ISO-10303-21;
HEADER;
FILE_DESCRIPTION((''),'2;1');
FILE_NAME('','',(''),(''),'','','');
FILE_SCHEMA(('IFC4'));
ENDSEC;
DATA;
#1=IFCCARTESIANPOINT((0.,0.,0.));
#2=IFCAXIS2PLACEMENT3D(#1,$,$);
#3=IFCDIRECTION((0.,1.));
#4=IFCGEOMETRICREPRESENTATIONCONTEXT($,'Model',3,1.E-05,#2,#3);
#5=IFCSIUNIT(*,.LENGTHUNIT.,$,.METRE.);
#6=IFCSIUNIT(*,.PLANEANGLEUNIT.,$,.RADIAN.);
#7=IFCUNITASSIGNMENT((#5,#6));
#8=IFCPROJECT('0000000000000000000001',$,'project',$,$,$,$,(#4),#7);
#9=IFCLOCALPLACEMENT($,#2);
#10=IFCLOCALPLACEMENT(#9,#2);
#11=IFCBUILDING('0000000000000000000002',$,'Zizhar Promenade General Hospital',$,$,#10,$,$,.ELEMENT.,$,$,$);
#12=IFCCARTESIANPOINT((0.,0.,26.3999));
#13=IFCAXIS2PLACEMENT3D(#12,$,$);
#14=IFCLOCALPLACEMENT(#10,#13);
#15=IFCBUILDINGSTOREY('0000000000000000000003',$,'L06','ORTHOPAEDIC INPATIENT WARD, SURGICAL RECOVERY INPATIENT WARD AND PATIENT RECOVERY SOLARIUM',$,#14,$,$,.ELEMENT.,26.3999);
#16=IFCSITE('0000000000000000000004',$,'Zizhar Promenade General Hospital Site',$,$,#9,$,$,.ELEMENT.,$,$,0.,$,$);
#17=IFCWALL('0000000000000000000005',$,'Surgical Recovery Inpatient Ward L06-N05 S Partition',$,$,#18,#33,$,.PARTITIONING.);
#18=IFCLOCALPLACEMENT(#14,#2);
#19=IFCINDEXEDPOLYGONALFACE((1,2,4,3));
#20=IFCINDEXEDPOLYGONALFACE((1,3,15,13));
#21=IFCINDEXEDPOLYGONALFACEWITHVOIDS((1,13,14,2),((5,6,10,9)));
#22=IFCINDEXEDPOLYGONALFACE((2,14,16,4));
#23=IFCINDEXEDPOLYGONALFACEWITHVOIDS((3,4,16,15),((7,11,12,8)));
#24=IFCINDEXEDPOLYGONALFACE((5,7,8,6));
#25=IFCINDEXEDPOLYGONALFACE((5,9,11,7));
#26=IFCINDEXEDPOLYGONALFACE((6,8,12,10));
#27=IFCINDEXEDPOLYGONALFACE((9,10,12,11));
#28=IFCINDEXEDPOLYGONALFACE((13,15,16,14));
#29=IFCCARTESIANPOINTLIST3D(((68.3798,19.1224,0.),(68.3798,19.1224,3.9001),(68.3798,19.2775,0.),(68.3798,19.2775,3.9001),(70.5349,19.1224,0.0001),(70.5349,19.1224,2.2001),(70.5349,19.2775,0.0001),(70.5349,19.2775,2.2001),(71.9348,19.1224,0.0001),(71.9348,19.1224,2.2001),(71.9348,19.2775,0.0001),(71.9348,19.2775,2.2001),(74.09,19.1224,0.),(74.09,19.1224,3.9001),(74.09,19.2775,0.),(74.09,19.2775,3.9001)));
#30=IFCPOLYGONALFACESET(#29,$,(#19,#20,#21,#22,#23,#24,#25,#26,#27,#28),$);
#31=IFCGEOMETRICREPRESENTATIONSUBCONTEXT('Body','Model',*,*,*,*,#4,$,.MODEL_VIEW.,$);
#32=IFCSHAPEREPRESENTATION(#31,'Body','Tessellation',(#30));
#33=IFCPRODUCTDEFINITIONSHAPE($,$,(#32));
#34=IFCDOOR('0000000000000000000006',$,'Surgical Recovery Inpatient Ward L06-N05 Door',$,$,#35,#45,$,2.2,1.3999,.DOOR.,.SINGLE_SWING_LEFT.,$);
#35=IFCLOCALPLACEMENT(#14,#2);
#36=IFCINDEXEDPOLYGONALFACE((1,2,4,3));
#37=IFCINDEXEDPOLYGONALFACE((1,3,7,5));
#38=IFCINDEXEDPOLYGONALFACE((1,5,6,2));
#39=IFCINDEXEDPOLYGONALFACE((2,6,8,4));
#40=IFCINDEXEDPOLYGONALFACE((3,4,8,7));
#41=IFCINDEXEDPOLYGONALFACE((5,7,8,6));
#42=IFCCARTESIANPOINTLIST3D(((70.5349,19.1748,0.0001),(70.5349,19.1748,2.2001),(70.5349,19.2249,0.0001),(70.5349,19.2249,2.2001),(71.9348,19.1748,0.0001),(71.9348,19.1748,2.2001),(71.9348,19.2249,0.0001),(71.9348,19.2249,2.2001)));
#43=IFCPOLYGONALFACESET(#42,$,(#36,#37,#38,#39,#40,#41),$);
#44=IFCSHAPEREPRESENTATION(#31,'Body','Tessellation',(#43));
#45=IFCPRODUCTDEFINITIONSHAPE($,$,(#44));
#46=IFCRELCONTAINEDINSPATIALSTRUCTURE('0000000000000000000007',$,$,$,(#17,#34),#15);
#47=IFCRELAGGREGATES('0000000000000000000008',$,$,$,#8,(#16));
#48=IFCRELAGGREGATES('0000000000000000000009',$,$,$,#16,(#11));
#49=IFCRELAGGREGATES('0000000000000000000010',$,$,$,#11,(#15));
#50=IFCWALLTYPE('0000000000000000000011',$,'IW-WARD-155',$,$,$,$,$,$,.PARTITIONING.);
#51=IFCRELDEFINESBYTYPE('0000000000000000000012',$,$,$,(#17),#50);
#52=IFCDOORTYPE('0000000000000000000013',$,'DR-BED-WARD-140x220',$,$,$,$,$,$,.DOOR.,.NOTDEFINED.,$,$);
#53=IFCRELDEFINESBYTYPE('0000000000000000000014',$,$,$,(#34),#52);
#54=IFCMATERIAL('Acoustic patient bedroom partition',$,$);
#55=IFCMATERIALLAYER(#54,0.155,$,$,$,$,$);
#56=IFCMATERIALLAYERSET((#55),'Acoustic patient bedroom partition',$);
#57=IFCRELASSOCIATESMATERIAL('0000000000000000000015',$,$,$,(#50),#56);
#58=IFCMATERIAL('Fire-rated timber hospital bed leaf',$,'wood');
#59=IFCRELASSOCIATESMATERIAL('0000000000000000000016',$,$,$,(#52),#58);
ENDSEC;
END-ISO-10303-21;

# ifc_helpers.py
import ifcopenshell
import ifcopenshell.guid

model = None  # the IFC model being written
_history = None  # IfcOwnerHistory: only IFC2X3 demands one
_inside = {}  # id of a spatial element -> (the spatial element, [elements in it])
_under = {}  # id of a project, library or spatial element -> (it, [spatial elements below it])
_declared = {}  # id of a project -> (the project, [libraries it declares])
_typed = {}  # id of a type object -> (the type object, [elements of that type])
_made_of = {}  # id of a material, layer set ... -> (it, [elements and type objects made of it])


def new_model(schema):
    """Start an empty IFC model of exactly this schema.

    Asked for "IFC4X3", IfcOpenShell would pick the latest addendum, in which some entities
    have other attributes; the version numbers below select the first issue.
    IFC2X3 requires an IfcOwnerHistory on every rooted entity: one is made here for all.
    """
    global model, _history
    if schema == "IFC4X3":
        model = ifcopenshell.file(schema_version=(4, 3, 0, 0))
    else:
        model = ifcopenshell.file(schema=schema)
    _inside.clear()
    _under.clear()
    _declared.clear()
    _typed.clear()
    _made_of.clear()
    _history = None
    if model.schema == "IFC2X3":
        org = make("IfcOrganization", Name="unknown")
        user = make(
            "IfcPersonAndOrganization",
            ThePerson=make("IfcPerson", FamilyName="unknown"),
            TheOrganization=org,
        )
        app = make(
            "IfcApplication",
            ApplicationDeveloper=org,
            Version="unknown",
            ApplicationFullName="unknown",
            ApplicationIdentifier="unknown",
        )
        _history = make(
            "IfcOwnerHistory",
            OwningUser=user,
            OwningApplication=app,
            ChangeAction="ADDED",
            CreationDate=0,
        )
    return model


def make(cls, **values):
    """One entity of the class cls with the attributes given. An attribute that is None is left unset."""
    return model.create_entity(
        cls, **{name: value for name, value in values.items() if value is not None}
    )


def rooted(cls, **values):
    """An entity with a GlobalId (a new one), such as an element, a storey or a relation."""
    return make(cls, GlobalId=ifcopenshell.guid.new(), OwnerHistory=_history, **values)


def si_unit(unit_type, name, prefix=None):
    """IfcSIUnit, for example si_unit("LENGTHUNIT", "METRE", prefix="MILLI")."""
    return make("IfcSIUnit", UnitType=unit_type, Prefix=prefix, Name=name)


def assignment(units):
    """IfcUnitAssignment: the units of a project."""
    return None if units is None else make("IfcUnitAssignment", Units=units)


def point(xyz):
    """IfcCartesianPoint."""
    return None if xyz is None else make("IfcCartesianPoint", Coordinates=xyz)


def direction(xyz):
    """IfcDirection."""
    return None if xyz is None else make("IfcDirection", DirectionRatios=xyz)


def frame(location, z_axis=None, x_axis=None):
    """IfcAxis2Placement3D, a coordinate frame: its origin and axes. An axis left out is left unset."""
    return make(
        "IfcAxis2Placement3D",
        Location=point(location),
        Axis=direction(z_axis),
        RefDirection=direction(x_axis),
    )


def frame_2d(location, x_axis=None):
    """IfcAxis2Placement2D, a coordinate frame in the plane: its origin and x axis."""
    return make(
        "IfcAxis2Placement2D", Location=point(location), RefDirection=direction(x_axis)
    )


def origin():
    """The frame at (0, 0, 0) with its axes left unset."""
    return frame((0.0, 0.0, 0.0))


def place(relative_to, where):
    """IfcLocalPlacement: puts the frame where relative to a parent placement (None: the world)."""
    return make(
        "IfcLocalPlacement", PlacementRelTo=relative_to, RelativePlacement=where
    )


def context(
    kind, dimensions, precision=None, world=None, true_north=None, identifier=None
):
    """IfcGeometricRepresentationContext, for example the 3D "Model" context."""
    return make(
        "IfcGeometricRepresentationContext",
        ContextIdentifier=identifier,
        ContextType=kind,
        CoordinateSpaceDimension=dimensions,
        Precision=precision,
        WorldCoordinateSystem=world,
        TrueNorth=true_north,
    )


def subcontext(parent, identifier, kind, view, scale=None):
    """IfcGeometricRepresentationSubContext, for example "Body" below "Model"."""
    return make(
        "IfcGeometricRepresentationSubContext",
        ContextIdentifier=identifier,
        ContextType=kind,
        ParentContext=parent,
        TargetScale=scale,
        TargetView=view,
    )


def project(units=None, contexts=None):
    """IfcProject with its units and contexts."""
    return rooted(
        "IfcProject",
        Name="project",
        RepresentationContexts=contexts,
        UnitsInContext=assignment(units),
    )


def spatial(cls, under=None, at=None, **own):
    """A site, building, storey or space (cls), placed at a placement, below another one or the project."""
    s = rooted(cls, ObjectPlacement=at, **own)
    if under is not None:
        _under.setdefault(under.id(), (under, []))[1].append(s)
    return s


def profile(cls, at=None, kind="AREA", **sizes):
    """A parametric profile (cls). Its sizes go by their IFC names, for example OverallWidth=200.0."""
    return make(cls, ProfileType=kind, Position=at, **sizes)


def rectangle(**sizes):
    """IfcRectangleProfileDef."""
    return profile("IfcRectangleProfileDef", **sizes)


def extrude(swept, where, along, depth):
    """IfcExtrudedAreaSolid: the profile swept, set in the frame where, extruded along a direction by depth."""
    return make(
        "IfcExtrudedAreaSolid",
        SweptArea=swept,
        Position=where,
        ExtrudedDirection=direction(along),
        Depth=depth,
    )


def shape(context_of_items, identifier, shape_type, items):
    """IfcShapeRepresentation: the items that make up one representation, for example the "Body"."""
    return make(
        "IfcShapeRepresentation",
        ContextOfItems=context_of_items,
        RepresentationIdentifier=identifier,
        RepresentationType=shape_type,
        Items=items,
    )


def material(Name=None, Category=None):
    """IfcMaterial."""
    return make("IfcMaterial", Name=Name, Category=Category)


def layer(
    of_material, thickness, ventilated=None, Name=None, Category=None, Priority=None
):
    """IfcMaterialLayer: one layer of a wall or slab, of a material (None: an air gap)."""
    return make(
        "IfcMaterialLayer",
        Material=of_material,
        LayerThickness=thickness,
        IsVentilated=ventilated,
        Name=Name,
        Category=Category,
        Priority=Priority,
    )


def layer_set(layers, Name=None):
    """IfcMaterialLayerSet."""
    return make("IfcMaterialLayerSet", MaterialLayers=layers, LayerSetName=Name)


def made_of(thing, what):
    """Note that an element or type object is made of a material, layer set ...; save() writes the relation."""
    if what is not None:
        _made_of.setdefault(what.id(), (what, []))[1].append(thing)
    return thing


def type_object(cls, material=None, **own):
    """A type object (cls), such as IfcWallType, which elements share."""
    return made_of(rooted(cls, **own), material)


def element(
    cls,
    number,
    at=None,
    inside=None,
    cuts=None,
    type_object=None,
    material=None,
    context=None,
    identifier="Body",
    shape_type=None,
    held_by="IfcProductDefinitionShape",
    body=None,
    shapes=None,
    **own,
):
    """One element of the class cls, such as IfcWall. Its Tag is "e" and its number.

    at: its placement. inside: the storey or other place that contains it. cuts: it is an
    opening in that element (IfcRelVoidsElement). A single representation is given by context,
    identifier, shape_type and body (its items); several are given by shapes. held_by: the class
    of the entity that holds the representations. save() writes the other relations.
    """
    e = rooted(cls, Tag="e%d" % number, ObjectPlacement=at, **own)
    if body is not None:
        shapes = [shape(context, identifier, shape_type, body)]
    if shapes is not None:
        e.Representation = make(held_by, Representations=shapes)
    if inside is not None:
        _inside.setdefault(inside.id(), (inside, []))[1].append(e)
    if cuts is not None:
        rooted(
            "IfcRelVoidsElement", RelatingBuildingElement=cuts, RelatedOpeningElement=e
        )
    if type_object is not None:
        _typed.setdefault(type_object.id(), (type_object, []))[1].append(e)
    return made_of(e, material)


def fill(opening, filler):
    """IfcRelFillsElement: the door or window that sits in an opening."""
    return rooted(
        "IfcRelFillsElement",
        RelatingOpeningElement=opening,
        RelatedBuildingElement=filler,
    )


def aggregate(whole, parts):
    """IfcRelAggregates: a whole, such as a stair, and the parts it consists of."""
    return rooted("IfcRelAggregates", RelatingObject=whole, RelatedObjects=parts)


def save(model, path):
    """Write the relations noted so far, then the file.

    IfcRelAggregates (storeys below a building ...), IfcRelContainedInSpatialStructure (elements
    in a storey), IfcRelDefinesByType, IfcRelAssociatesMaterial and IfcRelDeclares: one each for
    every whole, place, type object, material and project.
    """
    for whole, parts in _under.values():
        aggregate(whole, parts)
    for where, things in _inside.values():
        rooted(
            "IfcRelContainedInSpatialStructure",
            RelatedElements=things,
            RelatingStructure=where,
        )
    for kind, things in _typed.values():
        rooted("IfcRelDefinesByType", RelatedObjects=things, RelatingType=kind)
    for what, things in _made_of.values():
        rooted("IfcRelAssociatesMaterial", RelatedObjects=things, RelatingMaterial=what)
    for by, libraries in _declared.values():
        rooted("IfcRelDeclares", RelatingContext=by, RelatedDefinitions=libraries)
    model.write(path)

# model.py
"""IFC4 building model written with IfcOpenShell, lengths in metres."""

from ifc_helpers import new_model, si_unit, direction, frame, frame_2d, origin, place, context, subcontext, project, spatial, rectangle, extrude, material, layer, layer_set, type_object, element, fill, save


model = new_model("IFC4")

# Units and contexts
model_context = context("Model", 3, precision=1e-05, world=origin(), true_north=direction((0.0, 1.0)))
body_context = subcontext(model_context, "Body", "Model", "MODEL_VIEW")
ifc_project = project(units=[si_unit("LENGTHUNIT", "METRE"), si_unit("PLANEANGLEUNIT", "RADIAN")], contexts=[model_context])

# Site, building, storey
site_placement = place(None, origin())
site = spatial("IfcSite", under=ifc_project, at=site_placement, Name="Zizhar Promenade General Hospital Site", CompositionType="ELEMENT", RefElevation=0.0)
building_placement = place(site_placement, origin())
building = spatial("IfcBuilding", under=site, at=building_placement, Name="Zizhar Promenade General Hospital", CompositionType="ELEMENT")
storey_placement = place(building_placement, frame((0.0, 0.0, 26.3999)))
storey = spatial("IfcBuildingStorey", under=building, at=storey_placement, Name="L06", Description="ORTHOPAEDIC INPATIENT WARD, SURGICAL RECOVERY INPATIENT WARD AND PATIENT RECOVERY SOLARIUM", CompositionType="ELEMENT", Elevation=26.3999)

# Wall, opening, door
ifc_material_1 = material(Name="Acoustic patient bedroom partition")
ifc_layer_1 = layer(ifc_material_1, 0.155)
ifc_layer_set_1 = layer_set([ifc_layer_1], Name="Acoustic patient bedroom partition")
wall_type_1 = type_object("IfcWallType", Name="IW-WARD-155", PredefinedType="PARTITIONING", material=ifc_layer_set_1)
wall_1_placement = place(storey_placement, frame((68.3799, 19.2, 0.0), z_axis=(0.0, 0.0, 1.0), x_axis=(1.0, 0.0, 0.0)))
wall_1 = element("IfcWall", 1, at=wall_1_placement, inside=storey, type_object=wall_type_1, Name="Surgical Recovery Inpatient Ward L06-N05 S Partition", PredefinedType="PARTITIONING", context=body_context, shape_type="SweptSolid", body=[
    extrude(rectangle(XDim=5.7102, YDim=0.155, at=frame_2d((2.855, 0.0))), origin(), (0.0, 0.0, 1.0), 3.9001),
])
opening_1_placement = place(wall_1_placement, frame((2.155, 0.0, 0.0)))
opening_1 = element("IfcOpeningElement", 2, at=opening_1_placement, cuts=wall_1, PredefinedType="OPENING", context=body_context, shape_type="SweptSolid", body=[
    extrude(rectangle(XDim=1.3999, YDim=2.2, at=frame_2d((0.7, 1.1001))), frame((0.0, 0.0874, 0.0), z_axis=(0.0, -1.0, 0.0), x_axis=(1.0, 0.0, 0.0)), (0.0, 0.0, 1.0), 0.175),
])
ifc_material_2 = material(Name="Fire-rated timber hospital bed leaf", Category="wood")
door_type = type_object("IfcDoorType", Name="DR-BED-WARD-140x220", OperationType="NOTDEFINED", PredefinedType="DOOR", material=ifc_material_2)
door_placement = place(opening_1_placement, origin())
door = element("IfcDoor", 3, at=door_placement, inside=storey, type_object=door_type, Name="Surgical Recovery Inpatient Ward L06-N05 Door", OperationType="SINGLE_SWING_LEFT", OverallHeight=2.2, OverallWidth=1.3999, PredefinedType="DOOR", context=body_context, shape_type="SweptSolid", body=[
    extrude(rectangle(XDim=1.3999, YDim=2.2, at=frame_2d((0.7, 1.1001))), frame((0.0, 0.0249, 0.0), z_axis=(0.0, -1.0, 0.0), x_axis=(1.0, 0.0, 0.0)), (0.0, 0.0, 1.0), 0.05),
])
fill(opening_1, door)

save(model, "model.ifc")
